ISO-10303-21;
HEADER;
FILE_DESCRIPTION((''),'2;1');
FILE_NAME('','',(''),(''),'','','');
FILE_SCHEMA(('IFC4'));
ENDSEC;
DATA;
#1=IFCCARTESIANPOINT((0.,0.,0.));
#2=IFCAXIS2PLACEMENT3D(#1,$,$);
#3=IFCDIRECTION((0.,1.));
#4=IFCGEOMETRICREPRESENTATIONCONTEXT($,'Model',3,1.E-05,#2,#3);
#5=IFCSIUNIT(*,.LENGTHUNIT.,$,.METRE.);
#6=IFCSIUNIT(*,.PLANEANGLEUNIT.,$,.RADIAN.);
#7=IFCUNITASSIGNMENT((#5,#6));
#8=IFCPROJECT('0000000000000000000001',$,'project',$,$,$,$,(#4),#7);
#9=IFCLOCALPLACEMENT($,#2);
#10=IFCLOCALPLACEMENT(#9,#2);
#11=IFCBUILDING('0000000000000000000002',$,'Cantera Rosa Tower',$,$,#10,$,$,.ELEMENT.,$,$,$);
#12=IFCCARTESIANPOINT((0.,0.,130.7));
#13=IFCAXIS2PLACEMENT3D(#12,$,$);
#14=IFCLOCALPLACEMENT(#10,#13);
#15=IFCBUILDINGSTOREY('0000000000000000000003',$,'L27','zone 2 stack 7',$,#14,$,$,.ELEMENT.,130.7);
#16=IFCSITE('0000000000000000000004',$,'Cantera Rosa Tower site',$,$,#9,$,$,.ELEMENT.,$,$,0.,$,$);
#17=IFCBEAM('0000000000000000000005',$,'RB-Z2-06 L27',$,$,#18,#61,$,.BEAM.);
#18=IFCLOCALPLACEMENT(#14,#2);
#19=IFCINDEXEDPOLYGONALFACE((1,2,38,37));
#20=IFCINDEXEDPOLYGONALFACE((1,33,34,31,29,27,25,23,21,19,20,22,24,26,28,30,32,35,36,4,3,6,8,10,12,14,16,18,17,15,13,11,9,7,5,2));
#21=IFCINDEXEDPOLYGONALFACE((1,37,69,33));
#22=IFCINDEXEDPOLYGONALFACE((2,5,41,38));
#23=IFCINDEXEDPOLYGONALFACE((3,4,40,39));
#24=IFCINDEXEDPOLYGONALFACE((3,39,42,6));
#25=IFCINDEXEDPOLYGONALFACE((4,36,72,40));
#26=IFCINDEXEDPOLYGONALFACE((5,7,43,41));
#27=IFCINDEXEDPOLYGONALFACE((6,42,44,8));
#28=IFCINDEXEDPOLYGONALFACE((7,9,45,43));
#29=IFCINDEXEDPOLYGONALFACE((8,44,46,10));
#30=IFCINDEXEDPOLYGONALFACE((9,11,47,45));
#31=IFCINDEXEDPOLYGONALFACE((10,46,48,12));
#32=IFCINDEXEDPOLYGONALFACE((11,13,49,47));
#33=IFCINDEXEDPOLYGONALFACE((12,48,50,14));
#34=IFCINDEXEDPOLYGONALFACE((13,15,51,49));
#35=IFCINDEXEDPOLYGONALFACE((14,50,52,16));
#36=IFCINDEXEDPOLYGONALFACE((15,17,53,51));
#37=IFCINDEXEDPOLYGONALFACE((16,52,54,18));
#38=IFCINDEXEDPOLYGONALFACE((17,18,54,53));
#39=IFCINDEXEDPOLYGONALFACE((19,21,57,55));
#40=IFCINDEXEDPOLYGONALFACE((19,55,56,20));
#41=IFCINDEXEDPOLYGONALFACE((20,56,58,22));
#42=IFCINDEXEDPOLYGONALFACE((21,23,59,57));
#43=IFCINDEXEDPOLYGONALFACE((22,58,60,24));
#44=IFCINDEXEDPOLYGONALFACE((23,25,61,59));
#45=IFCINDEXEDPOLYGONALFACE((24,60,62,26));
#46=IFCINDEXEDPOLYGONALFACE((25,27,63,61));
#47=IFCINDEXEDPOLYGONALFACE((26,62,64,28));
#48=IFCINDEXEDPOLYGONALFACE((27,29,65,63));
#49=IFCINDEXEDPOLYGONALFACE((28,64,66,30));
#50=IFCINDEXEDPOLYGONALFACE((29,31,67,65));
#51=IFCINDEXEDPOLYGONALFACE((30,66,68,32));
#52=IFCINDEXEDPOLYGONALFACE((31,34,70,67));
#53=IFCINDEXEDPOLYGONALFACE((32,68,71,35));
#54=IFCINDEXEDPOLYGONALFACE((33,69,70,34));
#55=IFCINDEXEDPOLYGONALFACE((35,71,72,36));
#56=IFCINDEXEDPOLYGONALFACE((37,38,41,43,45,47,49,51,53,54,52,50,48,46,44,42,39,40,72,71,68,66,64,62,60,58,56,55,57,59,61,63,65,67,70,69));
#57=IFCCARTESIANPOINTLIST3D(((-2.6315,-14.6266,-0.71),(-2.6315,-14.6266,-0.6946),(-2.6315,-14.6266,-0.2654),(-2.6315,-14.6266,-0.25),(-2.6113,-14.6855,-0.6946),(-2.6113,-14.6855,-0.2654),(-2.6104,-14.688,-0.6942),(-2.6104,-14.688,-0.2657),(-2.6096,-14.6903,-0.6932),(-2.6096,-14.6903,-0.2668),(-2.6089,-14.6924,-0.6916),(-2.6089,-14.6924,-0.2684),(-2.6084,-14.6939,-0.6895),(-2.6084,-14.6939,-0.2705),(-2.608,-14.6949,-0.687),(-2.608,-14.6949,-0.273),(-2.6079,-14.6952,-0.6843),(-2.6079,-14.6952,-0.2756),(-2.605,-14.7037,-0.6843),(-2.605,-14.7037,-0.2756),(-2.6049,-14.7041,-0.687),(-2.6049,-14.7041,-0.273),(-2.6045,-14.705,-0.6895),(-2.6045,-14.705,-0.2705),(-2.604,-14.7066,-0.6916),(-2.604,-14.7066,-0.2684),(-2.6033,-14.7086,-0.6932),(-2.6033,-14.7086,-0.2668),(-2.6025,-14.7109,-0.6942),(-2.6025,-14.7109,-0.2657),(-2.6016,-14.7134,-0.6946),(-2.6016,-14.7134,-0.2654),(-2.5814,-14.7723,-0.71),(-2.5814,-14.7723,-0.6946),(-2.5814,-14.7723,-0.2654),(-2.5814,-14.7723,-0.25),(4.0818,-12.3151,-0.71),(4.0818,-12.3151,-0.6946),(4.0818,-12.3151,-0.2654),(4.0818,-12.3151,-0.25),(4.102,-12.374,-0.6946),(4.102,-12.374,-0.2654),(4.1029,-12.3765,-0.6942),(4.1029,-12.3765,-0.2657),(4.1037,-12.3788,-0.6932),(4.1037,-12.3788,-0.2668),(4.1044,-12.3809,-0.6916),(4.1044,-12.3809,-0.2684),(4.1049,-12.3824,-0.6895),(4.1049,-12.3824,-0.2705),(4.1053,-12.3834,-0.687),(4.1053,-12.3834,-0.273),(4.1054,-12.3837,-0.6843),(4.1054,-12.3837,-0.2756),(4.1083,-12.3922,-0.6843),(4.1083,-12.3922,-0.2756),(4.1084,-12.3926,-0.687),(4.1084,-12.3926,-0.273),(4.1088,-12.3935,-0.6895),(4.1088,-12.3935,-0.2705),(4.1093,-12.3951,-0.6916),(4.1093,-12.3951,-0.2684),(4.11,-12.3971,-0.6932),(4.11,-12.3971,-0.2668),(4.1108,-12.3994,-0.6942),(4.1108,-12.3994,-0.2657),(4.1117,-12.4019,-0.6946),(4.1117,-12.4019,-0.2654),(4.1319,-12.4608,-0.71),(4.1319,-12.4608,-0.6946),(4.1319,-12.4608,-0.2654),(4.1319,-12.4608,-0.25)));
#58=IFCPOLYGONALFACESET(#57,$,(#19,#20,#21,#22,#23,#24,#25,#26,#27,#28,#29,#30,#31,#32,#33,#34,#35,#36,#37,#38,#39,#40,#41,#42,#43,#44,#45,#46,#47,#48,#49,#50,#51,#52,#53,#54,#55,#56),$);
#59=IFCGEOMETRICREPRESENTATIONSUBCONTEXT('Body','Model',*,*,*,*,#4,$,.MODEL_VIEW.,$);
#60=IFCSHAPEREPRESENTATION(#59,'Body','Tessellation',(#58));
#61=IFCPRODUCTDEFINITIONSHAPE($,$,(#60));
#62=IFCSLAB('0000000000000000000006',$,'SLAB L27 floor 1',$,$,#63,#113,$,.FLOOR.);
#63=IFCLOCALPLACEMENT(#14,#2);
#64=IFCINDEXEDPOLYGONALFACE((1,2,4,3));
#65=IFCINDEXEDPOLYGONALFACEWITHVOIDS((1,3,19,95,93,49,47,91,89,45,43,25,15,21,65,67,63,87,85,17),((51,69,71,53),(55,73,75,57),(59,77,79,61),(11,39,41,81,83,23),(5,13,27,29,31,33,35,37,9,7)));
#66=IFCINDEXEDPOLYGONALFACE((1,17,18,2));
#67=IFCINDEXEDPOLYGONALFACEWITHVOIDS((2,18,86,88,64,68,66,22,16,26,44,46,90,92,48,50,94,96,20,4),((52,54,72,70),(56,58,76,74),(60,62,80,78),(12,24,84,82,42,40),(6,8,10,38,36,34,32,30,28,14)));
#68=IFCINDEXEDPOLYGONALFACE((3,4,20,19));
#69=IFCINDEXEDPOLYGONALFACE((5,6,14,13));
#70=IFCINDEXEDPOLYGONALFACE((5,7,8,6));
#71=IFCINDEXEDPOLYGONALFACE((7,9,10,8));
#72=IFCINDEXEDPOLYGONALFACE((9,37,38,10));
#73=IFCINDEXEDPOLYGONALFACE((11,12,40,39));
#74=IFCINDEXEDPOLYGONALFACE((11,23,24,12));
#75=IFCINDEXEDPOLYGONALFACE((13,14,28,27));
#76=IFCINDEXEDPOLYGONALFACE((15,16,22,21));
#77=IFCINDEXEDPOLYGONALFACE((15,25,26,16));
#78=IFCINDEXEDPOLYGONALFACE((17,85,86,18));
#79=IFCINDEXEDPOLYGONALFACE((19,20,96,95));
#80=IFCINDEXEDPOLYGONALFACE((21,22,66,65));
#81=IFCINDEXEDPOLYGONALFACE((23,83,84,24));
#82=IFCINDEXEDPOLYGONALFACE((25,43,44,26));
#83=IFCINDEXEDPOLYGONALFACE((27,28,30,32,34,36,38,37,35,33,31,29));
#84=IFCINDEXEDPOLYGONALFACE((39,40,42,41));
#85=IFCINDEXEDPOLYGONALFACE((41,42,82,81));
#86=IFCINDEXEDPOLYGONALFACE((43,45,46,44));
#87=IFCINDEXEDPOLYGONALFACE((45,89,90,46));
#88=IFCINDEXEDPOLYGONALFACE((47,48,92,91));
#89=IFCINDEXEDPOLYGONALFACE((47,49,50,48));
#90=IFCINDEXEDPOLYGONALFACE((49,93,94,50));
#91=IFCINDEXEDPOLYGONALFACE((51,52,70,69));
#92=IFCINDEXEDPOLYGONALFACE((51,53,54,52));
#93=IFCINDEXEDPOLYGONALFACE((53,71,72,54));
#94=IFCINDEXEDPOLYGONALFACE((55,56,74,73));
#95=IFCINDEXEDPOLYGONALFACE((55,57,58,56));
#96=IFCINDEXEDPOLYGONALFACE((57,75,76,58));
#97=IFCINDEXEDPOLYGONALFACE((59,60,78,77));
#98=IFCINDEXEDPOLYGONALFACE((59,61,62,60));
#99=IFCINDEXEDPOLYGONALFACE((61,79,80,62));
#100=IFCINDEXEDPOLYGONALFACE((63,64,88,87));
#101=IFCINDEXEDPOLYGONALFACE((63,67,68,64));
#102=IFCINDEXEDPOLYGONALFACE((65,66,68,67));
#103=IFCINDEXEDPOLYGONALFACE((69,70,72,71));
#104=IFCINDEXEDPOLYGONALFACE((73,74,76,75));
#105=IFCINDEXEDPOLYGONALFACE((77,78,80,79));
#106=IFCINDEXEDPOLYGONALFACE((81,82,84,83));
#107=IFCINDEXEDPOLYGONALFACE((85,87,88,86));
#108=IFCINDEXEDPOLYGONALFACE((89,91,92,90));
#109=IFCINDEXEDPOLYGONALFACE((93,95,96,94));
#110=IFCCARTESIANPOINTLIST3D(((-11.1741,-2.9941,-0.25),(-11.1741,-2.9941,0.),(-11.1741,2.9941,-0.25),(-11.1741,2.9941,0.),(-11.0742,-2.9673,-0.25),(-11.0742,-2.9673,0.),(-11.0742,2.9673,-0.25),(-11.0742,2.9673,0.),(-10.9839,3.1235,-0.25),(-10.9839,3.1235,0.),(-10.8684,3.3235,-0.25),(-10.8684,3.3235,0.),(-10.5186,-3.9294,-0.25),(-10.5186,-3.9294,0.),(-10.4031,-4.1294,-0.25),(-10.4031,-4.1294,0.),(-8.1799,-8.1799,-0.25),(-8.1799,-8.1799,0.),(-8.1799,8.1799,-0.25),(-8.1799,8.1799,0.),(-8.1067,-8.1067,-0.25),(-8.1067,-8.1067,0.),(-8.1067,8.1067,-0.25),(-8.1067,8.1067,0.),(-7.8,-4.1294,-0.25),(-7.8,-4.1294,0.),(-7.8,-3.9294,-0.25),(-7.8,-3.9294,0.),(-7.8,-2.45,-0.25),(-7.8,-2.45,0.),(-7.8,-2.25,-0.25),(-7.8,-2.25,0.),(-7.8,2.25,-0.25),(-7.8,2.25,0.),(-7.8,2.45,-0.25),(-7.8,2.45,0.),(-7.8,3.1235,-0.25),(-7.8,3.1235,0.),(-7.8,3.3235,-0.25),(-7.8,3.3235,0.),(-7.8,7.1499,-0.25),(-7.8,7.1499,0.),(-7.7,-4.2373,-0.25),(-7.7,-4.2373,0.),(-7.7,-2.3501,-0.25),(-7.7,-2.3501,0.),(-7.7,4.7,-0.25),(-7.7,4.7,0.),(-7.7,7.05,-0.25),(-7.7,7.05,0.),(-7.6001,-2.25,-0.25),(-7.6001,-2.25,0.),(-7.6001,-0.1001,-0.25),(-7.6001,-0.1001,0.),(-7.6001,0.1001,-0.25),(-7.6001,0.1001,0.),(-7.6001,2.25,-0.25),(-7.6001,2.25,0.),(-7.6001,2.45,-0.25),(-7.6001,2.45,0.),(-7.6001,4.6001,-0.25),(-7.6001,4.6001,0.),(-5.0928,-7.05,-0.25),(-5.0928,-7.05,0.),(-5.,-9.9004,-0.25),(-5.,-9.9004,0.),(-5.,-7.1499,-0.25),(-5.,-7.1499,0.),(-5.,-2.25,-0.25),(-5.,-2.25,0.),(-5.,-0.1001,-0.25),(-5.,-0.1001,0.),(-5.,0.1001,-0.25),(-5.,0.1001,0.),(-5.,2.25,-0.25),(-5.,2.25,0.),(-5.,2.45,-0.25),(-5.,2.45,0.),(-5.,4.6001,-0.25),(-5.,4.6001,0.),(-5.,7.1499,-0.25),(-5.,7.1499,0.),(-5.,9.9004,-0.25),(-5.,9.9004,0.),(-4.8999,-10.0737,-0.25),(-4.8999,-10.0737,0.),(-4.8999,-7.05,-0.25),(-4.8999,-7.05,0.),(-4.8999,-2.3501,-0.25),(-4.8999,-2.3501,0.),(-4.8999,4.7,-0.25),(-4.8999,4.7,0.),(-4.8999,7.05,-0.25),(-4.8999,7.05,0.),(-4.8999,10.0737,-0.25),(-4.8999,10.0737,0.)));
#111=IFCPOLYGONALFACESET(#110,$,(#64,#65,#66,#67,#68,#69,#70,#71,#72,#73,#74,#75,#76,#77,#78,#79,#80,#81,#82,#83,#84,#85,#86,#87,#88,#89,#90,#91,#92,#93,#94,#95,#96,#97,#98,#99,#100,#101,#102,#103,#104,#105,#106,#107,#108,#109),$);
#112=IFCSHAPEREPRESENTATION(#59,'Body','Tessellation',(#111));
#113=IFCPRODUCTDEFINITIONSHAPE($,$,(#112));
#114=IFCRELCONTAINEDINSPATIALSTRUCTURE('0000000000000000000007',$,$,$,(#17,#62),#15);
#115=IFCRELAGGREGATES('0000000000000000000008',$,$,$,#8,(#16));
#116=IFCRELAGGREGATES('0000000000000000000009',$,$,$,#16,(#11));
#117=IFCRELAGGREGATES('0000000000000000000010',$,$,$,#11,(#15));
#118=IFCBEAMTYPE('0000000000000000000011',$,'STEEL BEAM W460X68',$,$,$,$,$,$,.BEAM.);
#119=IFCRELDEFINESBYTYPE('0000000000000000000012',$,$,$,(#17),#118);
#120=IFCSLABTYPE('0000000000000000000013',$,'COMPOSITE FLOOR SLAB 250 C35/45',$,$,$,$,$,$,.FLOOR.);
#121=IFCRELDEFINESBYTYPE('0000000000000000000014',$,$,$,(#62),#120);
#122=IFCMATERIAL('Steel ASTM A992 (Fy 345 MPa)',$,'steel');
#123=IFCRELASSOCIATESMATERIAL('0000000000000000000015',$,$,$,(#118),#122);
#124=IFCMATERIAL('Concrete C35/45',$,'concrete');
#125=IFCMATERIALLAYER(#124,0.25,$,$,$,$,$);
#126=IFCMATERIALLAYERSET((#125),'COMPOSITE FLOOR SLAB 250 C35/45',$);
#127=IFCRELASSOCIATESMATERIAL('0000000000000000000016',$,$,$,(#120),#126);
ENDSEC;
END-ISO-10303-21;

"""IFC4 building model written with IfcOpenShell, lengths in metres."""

from ifc_helpers import new_model, si_unit, direction, frame, origin, origin_2d, place, context, subcontext, project, spatial, polyline, i_section, outline, extrude, material, layer, layer_set, material_profile, profile_set, type_object, element, save


model = new_model("IFC4")

# Units and contexts
model_context = context("Model", 3, precision=1e-05, world=origin(), true_north=direction((0.0, 1.0)))
body_context = subcontext(model_context, "Body", "Model", "MODEL_VIEW")
ifc_project = project(units=[si_unit("LENGTHUNIT", "METRE"), si_unit("PLANEANGLEUNIT", "RADIAN")], contexts=[model_context])

# Site, building, storey
site_placement = place(None, origin())
site = spatial("IfcSite", under=ifc_project, at=site_placement, Name="Cantera Rosa Tower site", CompositionType="ELEMENT", RefElevation=0.0)
building_placement = place(site_placement, origin())
building = spatial("IfcBuilding", under=site, at=building_placement, Name="Cantera Rosa Tower", CompositionType="ELEMENT")
storey_placement = place(building_placement, frame((0.0, 0.0, 130.7)))
storey = spatial("IfcBuildingStorey", under=building, at=storey_placement, Name="L27", Description="zone 2 stack 7", CompositionType="ELEMENT", Elevation=130.7)

# Beam
ifc_material_1 = material(Name="Steel ASTM A992 (Fy 345 MPa)", Category="steel")
ifc_material_profile = material_profile(ifc_material_1, i_section(OverallWidth=0.1541, OverallDepth=0.46, WebThickness=0.009, FlangeThickness=0.0154, FilletRadius=0.0103, at=origin_2d()), Name="W460X68")
ifc_profile_set = profile_set([ifc_material_profile], Name="Steel ASTM A992 (Fy 345 MPa)")
beam_type = type_object("IfcBeamType", Name="STEEL BEAM W460X68", PredefinedType="BEAM", material=ifc_profile_set)
beam_placement = place(storey_placement, frame((-2.6064, -14.6995, -0.48), z_axis=(0.945522, 0.325558, 0.0), x_axis=(-0.325558, 0.945522, 0.0)))
element("IfcBeam", 1, at=beam_placement, inside=storey, type_object=beam_type, Name="RB-Z2-06 L27", PredefinedType="BEAM", context=body_context, shape_type="SweptSolid", body=[
    extrude(i_section(OverallWidth=0.1541, OverallDepth=0.46, WebThickness=0.009, FlangeThickness=0.0154, FilletRadius=0.0103, at=origin_2d()), origin(), (0.0, 0.0, 1.0), 7.1001),
])

# Slab
ifc_material_2 = material(Name="Concrete C35/45", Category="concrete")
ifc_layer_1 = layer(ifc_material_2, 0.25)
ifc_layer_set_1 = layer_set([ifc_layer_1], Name="COMPOSITE FLOOR SLAB 250 C35/45")
slab_type_1 = type_object("IfcSlabType", Name="COMPOSITE FLOOR SLAB 250 C35/45", PredefinedType="FLOOR", material=ifc_layer_set_1)
slab_1_placement = place(storey_placement, frame((0.0, 0.0, -0.25)))
element("IfcSlab", 2, at=slab_1_placement, inside=storey, type_object=slab_type_1, Name="SLAB L27 floor 1", PredefinedType="FLOOR", context=body_context, shape_type="SweptSolid", body=[
    extrude(outline(polyline([(-10.4031, -4.1294), (-8.1067, -8.1067), (-5.0, -9.9004), (-5.0, -7.1499), (-5.0928, -7.05), (-4.8999, -7.05), (-4.8999, -10.0737), (-8.1799, -8.1799), (-11.1741, -2.9941), (-11.1741, 2.9941), (-8.1799, 8.1799), (-4.8999, 10.0737), (-4.8999, 7.05), (-7.7, 7.05), (-7.7, 4.7), (-4.8999, 4.7), (-4.8999, -2.3501), (-7.7, -2.3501), (-7.7, -4.2373), (-7.8, -4.1294), (-10.4031, -4.1294)]), holes=[polyline([(-7.6001, -0.1001), (-7.6001, -2.25), (-5.0, -2.25), (-5.0, -0.1001), (-7.6001, -0.1001)]), polyline([(-11.0742, 2.9673), (-11.0742, -2.9673), (-10.5186, -3.9294), (-7.8, -3.9294), (-7.8, -2.45), (-7.8, -2.25), (-7.8, 2.25), (-7.8, 2.45), (-7.8, 3.1235), (-10.9839, 3.1235), (-11.0742, 2.9673)]), polyline([(-7.6001, 2.25), (-7.6001, 0.1001), (-5.0, 0.1001), (-5.0, 2.25), (-7.6001, 2.25)]), polyline([(-7.6001, 4.6001), (-7.6001, 2.45), (-5.0, 2.45), (-5.0, 4.6001), (-7.6001, 4.6001)]), polyline([(-8.1067, 8.1067), (-10.8684, 3.3235), (-7.8, 3.3235), (-7.8, 7.1499), (-5.0, 7.1499), (-5.0, 9.9004), (-8.1067, 8.1067)])]), origin(), (0.0, 0.0, 1.0), 0.25),
])

save(model, "model.ifc")
